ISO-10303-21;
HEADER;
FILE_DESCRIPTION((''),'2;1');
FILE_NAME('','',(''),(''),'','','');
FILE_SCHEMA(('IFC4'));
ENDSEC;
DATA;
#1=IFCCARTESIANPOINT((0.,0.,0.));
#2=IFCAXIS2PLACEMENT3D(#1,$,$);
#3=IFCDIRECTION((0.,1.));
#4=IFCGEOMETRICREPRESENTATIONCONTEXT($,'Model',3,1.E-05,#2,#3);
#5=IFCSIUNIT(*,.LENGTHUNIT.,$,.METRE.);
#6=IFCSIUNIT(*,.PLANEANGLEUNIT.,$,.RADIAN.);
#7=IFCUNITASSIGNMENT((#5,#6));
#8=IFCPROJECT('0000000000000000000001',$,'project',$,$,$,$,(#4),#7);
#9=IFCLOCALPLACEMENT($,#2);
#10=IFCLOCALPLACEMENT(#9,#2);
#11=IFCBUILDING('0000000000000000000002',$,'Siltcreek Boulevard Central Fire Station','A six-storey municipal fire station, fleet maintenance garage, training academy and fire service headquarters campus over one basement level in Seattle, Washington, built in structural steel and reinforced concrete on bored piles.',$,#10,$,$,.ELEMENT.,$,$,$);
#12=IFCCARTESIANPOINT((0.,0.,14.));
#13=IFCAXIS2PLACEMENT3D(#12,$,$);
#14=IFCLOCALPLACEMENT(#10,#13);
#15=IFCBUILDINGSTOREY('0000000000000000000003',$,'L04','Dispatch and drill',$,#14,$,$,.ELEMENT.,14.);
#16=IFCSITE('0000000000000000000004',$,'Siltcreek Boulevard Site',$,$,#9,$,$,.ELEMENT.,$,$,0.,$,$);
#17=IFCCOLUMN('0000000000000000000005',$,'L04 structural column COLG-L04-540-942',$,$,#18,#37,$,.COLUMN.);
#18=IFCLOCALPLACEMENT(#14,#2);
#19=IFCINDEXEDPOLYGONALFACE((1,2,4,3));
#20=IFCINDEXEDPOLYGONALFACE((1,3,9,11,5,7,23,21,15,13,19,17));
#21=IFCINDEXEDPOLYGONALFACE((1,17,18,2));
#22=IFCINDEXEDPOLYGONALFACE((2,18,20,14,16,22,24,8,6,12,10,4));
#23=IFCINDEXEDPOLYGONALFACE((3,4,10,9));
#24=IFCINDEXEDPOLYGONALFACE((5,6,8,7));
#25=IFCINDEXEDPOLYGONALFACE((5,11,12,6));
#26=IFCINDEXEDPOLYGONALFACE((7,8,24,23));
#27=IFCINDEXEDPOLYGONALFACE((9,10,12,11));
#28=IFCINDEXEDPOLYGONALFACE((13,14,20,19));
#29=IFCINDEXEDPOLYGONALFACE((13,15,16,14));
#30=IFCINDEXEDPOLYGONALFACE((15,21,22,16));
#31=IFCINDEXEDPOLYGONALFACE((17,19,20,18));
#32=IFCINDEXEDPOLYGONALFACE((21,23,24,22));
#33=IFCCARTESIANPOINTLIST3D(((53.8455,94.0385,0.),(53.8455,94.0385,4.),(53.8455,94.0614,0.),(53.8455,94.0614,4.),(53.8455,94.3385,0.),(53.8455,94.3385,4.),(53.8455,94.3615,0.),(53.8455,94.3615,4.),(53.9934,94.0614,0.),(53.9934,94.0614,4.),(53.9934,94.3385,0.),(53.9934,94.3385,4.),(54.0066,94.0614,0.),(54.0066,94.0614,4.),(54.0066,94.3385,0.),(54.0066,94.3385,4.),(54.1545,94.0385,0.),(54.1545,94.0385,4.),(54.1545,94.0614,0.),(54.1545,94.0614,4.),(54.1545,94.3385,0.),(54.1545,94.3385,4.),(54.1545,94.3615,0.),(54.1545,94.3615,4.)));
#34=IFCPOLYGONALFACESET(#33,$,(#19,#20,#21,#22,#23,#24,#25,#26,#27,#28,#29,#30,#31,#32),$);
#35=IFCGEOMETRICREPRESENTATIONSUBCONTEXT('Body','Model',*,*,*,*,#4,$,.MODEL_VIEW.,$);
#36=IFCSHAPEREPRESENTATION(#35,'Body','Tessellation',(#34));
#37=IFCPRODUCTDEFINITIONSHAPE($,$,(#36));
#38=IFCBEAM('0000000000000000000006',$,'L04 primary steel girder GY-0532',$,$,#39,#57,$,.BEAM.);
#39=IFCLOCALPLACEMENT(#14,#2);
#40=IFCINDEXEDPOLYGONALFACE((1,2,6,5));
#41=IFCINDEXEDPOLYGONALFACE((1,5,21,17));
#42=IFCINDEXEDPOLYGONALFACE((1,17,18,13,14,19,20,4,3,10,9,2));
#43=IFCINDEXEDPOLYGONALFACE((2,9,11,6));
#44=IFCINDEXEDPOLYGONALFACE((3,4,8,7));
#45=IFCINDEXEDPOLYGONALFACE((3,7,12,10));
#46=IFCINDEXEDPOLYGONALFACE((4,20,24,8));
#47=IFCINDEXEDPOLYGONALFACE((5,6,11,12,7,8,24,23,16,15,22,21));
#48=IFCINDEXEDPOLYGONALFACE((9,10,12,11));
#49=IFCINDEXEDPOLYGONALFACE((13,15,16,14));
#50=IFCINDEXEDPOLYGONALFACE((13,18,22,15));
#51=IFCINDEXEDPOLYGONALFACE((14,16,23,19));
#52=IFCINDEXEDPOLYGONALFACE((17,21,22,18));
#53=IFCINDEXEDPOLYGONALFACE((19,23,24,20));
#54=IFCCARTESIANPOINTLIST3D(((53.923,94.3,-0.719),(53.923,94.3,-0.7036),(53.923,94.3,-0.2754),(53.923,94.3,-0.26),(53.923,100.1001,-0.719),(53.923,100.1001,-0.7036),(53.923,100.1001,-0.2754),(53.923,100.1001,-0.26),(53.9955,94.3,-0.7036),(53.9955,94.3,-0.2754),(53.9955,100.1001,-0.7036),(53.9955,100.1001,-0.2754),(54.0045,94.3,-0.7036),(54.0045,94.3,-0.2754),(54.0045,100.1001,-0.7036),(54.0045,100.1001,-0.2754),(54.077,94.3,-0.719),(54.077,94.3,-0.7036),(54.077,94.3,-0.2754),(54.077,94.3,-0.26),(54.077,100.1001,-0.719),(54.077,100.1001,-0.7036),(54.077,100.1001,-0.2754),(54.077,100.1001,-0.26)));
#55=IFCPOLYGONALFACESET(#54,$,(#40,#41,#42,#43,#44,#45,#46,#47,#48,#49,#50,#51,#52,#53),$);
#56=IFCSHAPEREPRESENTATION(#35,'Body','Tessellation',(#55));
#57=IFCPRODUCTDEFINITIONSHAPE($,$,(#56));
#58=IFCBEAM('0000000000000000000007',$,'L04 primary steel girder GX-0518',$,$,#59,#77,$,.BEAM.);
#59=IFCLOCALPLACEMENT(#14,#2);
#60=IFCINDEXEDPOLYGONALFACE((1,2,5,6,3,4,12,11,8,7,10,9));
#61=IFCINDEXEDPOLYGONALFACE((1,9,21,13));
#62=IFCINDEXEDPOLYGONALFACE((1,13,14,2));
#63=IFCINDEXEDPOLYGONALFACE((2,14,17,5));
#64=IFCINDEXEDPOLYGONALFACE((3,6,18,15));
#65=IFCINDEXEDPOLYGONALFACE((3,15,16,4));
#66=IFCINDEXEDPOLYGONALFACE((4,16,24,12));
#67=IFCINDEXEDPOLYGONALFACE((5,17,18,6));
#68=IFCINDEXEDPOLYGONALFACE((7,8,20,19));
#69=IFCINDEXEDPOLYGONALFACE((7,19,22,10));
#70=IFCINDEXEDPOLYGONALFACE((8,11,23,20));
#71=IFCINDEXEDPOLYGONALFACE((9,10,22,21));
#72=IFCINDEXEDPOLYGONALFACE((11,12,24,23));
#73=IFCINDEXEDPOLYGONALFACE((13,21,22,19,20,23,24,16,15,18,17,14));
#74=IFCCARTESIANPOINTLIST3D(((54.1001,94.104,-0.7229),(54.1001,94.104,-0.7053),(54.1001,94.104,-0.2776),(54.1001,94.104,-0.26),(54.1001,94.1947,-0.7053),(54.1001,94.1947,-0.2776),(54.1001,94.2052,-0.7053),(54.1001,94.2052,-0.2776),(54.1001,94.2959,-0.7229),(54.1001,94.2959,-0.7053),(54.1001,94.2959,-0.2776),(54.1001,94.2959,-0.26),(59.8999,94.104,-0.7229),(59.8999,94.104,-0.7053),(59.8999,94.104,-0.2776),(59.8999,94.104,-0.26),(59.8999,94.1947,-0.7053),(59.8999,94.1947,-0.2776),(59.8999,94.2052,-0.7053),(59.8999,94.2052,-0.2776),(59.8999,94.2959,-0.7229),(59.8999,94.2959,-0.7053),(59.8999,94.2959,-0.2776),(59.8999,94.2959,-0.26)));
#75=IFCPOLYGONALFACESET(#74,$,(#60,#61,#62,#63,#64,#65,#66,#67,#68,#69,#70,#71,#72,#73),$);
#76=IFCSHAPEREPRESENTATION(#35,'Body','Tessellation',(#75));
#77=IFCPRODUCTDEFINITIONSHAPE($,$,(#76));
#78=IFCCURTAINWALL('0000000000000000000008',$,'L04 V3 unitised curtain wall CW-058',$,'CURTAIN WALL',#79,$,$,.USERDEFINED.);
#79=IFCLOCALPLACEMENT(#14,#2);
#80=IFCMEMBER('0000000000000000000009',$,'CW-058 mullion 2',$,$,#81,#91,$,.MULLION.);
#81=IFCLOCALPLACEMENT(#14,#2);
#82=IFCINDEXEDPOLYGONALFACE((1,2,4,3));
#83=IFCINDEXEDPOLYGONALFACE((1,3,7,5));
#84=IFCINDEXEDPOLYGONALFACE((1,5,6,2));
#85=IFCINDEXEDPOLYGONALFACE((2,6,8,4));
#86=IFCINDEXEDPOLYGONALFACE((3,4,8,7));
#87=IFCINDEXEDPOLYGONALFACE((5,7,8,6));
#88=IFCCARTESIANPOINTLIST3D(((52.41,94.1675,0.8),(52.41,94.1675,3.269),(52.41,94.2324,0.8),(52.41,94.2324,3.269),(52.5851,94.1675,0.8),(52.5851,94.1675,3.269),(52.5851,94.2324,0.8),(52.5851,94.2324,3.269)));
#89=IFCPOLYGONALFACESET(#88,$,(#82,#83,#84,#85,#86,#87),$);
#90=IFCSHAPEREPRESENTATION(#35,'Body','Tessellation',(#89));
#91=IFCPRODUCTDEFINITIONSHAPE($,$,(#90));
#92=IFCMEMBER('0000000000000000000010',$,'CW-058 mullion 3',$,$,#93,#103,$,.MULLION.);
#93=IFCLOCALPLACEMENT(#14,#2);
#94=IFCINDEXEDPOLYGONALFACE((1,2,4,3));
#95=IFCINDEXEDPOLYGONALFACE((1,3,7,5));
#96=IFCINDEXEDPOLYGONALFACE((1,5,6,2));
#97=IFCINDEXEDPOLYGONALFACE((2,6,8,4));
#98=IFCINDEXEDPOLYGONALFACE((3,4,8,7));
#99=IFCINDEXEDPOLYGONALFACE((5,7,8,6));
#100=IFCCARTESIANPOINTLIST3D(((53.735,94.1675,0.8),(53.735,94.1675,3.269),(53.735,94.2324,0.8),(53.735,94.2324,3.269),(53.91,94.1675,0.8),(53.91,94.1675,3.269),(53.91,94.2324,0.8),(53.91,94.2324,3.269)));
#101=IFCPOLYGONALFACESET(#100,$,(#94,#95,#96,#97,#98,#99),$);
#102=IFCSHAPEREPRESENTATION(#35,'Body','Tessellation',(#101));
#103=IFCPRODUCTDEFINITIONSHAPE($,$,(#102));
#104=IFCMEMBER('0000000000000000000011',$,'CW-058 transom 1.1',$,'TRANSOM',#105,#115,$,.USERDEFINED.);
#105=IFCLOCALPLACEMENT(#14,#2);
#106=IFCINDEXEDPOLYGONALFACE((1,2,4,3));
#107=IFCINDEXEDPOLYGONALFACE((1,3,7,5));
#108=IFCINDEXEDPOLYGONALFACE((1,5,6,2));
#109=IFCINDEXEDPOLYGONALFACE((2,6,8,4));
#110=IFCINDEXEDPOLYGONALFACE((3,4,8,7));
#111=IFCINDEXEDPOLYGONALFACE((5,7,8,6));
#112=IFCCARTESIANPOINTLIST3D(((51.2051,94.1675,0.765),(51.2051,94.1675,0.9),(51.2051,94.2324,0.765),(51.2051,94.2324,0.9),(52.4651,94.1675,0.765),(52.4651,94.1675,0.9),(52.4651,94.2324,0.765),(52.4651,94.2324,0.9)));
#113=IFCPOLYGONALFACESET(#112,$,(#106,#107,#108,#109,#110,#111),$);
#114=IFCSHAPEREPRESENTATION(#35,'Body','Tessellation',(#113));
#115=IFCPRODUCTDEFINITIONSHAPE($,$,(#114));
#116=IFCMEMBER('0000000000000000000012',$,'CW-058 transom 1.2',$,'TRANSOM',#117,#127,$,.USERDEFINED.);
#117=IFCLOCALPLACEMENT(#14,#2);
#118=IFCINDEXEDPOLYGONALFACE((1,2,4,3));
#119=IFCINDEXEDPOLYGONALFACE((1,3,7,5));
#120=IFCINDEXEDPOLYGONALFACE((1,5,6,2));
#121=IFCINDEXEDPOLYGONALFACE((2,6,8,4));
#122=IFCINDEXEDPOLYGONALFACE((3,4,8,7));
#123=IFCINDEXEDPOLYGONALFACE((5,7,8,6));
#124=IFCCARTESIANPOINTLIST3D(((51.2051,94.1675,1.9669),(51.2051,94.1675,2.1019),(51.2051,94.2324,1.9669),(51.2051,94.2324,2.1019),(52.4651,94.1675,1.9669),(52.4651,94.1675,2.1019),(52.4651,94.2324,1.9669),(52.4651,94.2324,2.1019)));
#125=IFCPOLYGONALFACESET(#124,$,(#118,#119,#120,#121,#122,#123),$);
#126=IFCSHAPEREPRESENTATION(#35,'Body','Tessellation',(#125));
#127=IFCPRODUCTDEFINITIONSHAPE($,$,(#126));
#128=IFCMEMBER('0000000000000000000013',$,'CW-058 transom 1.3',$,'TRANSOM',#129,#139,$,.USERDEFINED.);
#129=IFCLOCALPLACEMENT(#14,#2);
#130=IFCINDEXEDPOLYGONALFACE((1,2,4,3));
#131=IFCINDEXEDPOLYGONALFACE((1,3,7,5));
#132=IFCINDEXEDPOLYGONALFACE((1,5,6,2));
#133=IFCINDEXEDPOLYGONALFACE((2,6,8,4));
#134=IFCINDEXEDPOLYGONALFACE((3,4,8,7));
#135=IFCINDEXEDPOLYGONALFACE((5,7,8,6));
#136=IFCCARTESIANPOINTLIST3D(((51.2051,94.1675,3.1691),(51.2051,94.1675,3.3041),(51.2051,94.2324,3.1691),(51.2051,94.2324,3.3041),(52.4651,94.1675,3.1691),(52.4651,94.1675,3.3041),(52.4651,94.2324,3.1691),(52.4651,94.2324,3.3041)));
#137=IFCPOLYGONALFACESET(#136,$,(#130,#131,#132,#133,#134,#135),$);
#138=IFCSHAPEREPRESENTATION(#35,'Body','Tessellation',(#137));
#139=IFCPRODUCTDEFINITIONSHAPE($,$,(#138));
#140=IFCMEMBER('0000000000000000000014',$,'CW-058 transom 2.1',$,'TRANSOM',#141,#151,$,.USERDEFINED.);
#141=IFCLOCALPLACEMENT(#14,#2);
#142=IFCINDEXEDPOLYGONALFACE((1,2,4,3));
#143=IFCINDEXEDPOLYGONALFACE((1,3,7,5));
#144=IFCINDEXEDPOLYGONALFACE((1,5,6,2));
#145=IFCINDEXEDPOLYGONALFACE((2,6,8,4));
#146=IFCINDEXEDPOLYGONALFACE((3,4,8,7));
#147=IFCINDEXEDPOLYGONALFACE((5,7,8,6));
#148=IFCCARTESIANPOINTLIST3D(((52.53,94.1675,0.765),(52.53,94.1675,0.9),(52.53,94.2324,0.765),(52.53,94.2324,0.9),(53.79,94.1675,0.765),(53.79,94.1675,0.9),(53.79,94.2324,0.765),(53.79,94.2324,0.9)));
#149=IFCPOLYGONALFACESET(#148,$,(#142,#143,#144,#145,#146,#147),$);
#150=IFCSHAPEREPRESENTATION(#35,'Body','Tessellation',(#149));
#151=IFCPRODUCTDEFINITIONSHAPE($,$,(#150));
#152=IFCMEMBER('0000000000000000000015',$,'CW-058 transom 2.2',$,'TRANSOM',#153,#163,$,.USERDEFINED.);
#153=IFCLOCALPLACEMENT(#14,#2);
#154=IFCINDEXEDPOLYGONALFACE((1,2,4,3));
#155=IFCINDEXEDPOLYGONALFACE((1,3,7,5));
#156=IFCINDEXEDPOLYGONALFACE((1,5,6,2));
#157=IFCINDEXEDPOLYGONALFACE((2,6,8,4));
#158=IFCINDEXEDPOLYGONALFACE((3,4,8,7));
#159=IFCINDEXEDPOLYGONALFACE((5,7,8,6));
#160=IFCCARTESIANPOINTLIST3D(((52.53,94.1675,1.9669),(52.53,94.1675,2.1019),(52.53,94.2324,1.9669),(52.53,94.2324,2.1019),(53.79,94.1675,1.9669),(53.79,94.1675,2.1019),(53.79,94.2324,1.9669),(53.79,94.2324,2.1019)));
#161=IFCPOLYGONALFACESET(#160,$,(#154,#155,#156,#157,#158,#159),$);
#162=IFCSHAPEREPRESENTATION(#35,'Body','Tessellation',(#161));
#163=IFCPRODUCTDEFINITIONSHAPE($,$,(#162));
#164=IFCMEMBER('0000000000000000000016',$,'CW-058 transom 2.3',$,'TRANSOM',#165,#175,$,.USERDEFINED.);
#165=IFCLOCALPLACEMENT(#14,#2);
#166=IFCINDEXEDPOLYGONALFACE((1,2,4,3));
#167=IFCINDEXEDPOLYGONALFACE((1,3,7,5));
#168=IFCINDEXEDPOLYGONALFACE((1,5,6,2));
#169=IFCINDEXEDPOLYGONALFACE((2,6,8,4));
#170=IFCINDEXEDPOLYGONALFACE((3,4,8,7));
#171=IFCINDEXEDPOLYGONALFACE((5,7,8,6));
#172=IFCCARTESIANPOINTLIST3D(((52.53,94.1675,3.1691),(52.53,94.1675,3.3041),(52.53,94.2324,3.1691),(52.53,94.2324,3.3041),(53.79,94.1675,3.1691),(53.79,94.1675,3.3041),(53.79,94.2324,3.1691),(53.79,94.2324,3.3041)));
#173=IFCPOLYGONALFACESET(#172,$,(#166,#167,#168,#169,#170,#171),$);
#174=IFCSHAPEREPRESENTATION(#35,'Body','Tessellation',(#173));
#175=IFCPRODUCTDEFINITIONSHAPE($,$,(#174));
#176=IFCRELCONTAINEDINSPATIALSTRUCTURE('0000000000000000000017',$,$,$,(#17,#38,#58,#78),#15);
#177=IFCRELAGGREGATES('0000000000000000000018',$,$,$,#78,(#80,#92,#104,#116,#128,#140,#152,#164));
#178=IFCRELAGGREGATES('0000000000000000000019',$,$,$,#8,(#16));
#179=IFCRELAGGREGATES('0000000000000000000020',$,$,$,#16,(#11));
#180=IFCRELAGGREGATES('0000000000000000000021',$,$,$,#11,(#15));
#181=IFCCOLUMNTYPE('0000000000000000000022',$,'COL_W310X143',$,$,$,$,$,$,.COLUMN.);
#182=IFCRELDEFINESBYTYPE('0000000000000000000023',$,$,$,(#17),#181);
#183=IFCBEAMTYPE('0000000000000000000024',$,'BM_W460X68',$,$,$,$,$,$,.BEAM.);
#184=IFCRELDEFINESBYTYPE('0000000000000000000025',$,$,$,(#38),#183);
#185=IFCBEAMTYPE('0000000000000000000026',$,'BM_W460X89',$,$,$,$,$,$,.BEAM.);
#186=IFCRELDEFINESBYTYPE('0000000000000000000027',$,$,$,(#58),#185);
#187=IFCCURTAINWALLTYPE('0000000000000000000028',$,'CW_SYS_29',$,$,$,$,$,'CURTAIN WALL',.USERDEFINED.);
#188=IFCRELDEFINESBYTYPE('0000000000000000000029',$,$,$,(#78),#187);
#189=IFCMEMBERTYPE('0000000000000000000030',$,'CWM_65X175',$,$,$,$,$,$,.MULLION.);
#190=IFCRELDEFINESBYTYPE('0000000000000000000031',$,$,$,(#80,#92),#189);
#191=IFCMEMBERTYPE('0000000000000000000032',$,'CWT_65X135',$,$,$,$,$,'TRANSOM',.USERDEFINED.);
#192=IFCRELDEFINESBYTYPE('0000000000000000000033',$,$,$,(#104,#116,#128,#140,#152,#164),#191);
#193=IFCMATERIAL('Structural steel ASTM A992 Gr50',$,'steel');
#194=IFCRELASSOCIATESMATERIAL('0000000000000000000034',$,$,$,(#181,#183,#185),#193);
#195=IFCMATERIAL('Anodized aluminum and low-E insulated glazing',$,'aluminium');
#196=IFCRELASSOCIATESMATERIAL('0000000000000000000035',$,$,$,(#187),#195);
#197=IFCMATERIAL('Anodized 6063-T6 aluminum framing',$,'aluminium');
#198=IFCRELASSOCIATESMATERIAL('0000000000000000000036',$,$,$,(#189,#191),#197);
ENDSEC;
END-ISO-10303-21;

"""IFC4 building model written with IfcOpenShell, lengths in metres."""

from ifc_helpers import new_model, si_unit, direction, frame, origin, origin_2d, place, context, subcontext, project, spatial, rectangle, i_section, extrude, material, material_profile, profile_set, type_object, element, aggregate, save


model = new_model("IFC4")

# Units and contexts
model_context = context("Model", 3, precision=1e-05, world=origin(), true_north=direction((0.0, 1.0)))
body_context = subcontext(model_context, "Body", "Model", "MODEL_VIEW")
ifc_project = project(units=[si_unit("LENGTHUNIT", "METRE"), si_unit("PLANEANGLEUNIT", "RADIAN")], contexts=[model_context])

# Site, building, storey
site_placement = place(None, origin())
site = spatial("IfcSite", under=ifc_project, at=site_placement, Name="Siltcreek Boulevard Site", CompositionType="ELEMENT", RefElevation=0.0)
building_placement = place(site_placement, origin())
building = spatial("IfcBuilding", under=site, at=building_placement, Name="Siltcreek Boulevard Central Fire Station", Description="A six-storey municipal fire station, fleet maintenance garage, training academy and fire service headquarters campus over one basement level in Seattle, Washington, built in structural steel and reinforced concrete on bored piles.", CompositionType="ELEMENT")
storey_placement = place(building_placement, frame((0.0, 0.0, 14.0)))
storey = spatial("IfcBuildingStorey", under=building, at=storey_placement, Name="L04", Description="Dispatch and drill", CompositionType="ELEMENT", Elevation=14.0)

# Column
ifc_material_1 = material(Name="Structural steel ASTM A992 Gr50", Category="steel")
ifc_material_profile_1 = material_profile(ifc_material_1, i_section(OverallWidth=0.3091, OverallDepth=0.323, WebThickness=0.0132, FlangeThickness=0.0229, at=origin_2d()), Name="W310X143")
ifc_profile_set_1 = profile_set([ifc_material_profile_1], Name="Structural steel ASTM A992 Gr50")
column_type = type_object("IfcColumnType", Name="COL_W310X143", PredefinedType="COLUMN", material=ifc_profile_set_1)
column_placement = place(storey_placement, frame((54.0, 94.2, 0.0), z_axis=(0.0, 0.0, 1.0), x_axis=(1.0, 0.0, 0.0)))
element("IfcColumn", 1, at=column_placement, inside=storey, type_object=column_type, Name="L04 structural column COLG-L04-540-942", PredefinedType="COLUMN", context=body_context, shape_type="SweptSolid", body=[
    extrude(i_section(OverallWidth=0.3091, OverallDepth=0.323, WebThickness=0.0132, FlangeThickness=0.0229, at=origin_2d()), origin(), (0.0, 0.0, 1.0), 4.0),
])

# Beams
ifc_material_profile_2 = material_profile(ifc_material_1, i_section(OverallWidth=0.1541, OverallDepth=0.459, WebThickness=0.009, FlangeThickness=0.0154, at=origin_2d()), Name="W460X68")
ifc_profile_set_2 = profile_set([ifc_material_profile_2], Name="Structural steel ASTM A992 Gr50")
beam_type_1 = type_object("IfcBeamType", Name="BM_W460X68", PredefinedType="BEAM", material=ifc_profile_set_2)
beam_1_placement = place(storey_placement, frame((54.0, 94.3, -0.4895), z_axis=(0.0, 1.0, 0.0), x_axis=(-1.0, 0.0, 0.0)))
element("IfcBeam", 2, at=beam_1_placement, inside=storey, type_object=beam_type_1, Name="L04 primary steel girder GY-0532", PredefinedType="BEAM", context=body_context, shape_type="SweptSolid", body=[
    extrude(i_section(OverallWidth=0.1541, OverallDepth=0.459, WebThickness=0.009, FlangeThickness=0.0154, at=origin_2d()), origin(), (0.0, 0.0, 1.0), 5.8),
])
ifc_material_profile_3 = material_profile(ifc_material_1, i_section(OverallWidth=0.1919, OverallDepth=0.4629, WebThickness=0.0105, FlangeThickness=0.0176, at=origin_2d()), Name="W460X89")
ifc_profile_set_3 = profile_set([ifc_material_profile_3], Name="Structural steel ASTM A992 Gr50")
beam_type_2 = type_object("IfcBeamType", Name="BM_W460X89", PredefinedType="BEAM", material=ifc_profile_set_3)
beam_2_placement = place(storey_placement, frame((54.1001, 94.2, -0.4915), z_axis=(1.0, 0.0, 0.0), x_axis=(0.0, 1.0, 0.0)))
element("IfcBeam", 3, at=beam_2_placement, inside=storey, type_object=beam_type_2, Name="L04 primary steel girder GX-0518", PredefinedType="BEAM", context=body_context, shape_type="SweptSolid", body=[
    extrude(i_section(OverallWidth=0.1919, OverallDepth=0.4629, WebThickness=0.0105, FlangeThickness=0.0176, at=origin_2d()), origin(), (0.0, 0.0, 1.0), 5.7998),
])

# Curtain wall, members
ifc_material_2 = material(Name="Anodized aluminum and low-E insulated glazing", Category="aluminium")
curtain_wall_type = type_object("IfcCurtainWallType", Name="CW_SYS_29", ElementType="CURTAIN WALL", PredefinedType="USERDEFINED", material=ifc_material_2)
curtain_wall_placement = place(storey_placement, origin())
curtain_wall = element("IfcCurtainWall", 4, at=curtain_wall_placement, inside=storey, type_object=curtain_wall_type, Name="L04 V3 unitised curtain wall CW-058", ObjectType="CURTAIN WALL", PredefinedType="USERDEFINED")
ifc_material_3 = material(Name="Anodized 6063-T6 aluminum framing", Category="aluminium")
ifc_material_profile_4 = material_profile(ifc_material_3, rectangle(XDim=0.0649, YDim=0.175, at=origin_2d()), Name="MULL65X175")
ifc_profile_set_4 = profile_set([ifc_material_profile_4], Name="Anodized 6063-T6 aluminum framing")
member_type_1 = type_object("IfcMemberType", Name="CWM_65X175", PredefinedType="MULLION", material=ifc_profile_set_4)
member_1_placement = place(storey_placement, frame((52.4976, 94.2, 0.8), z_axis=(0.0, 0.0, 1.0), x_axis=(0.0, 1.0, 0.0)))
member_1 = element("IfcMember", 5, at=member_1_placement, type_object=member_type_1, Name="CW-058 mullion 2", PredefinedType="MULLION", context=body_context, shape_type="SweptSolid", body=[
    extrude(rectangle(XDim=0.0649, YDim=0.175, at=origin_2d()), origin(), (0.0, 0.0, 1.0), 2.469),
])
member_2_placement = place(storey_placement, frame((53.8225, 94.2, 0.8), z_axis=(0.0, 0.0, 1.0), x_axis=(0.0, 1.0, 0.0)))
member_2 = element("IfcMember", 6, at=member_2_placement, type_object=member_type_1, Name="CW-058 mullion 3", PredefinedType="MULLION", context=body_context, shape_type="SweptSolid", body=[
    extrude(rectangle(XDim=0.0649, YDim=0.175, at=origin_2d()), origin(), (0.0, 0.0, 1.0), 2.469),
])
ifc_material_profile_5 = material_profile(ifc_material_3, rectangle(XDim=0.0649, YDim=0.135, at=origin_2d()), Name="TRAN65X135")
ifc_profile_set_5 = profile_set([ifc_material_profile_5], Name="Anodized 6063-T6 aluminum framing")
member_type_2 = type_object("IfcMemberType", Name="CWT_65X135", ElementType="TRANSOM", PredefinedType="USERDEFINED", material=ifc_profile_set_5)
member_3_placement = place(storey_placement, frame((51.2051, 94.2, 0.8325), z_axis=(1.0, 0.0, 0.0), x_axis=(0.0, 1.0, 0.0)))
member_3 = element("IfcMember", 7, at=member_3_placement, type_object=member_type_2, Name="CW-058 transom 1.1", ObjectType="TRANSOM", PredefinedType="USERDEFINED", context=body_context, shape_type="SweptSolid", body=[
    extrude(rectangle(XDim=0.0649, YDim=0.135, at=origin_2d()), origin(), (0.0, 0.0, 1.0), 1.26),
])
member_4_placement = place(storey_placement, frame((51.2051, 94.2, 2.0344), z_axis=(1.0, 0.0, 0.0), x_axis=(0.0, 1.0, 0.0)))
member_4 = element("IfcMember", 8, at=member_4_placement, type_object=member_type_2, Name="CW-058 transom 1.2", ObjectType="TRANSOM", PredefinedType="USERDEFINED", context=body_context, shape_type="SweptSolid", body=[
    extrude(rectangle(XDim=0.0649, YDim=0.135, at=origin_2d()), origin(), (0.0, 0.0, 1.0), 1.26),
])
member_5_placement = place(storey_placement, frame((51.2051, 94.2, 3.2366), z_axis=(1.0, 0.0, 0.0), x_axis=(0.0, 1.0, 0.0)))
member_5 = element("IfcMember", 9, at=member_5_placement, type_object=member_type_2, Name="CW-058 transom 1.3", ObjectType="TRANSOM", PredefinedType="USERDEFINED", context=body_context, shape_type="SweptSolid", body=[
    extrude(rectangle(XDim=0.0649, YDim=0.135, at=origin_2d()), origin(), (0.0, 0.0, 1.0), 1.26),
])
member_6_placement = place(storey_placement, frame((52.53, 94.2, 0.8325), z_axis=(1.0, 0.0, 0.0), x_axis=(0.0, 1.0, 0.0)))
member_6 = element("IfcMember", 10, at=member_6_placement, type_object=member_type_2, Name="CW-058 transom 2.1", ObjectType="TRANSOM", PredefinedType="USERDEFINED", context=body_context, shape_type="SweptSolid", body=[
    extrude(rectangle(XDim=0.0649, YDim=0.135, at=origin_2d()), origin(), (0.0, 0.0, 1.0), 1.26),
])
member_7_placement = place(storey_placement, frame((52.53, 94.2, 2.0344), z_axis=(1.0, 0.0, 0.0), x_axis=(0.0, 1.0, 0.0)))
member_7 = element("IfcMember", 11, at=member_7_placement, type_object=member_type_2, Name="CW-058 transom 2.2", ObjectType="TRANSOM", PredefinedType="USERDEFINED", context=body_context, shape_type="SweptSolid", body=[
    extrude(rectangle(XDim=0.0649, YDim=0.135, at=origin_2d()), origin(), (0.0, 0.0, 1.0), 1.26),
])
member_8_placement = place(storey_placement, frame((52.53, 94.2, 3.2366), z_axis=(1.0, 0.0, 0.0), x_axis=(0.0, 1.0, 0.0)))
member_8 = element("IfcMember", 12, at=member_8_placement, type_object=member_type_2, Name="CW-058 transom 2.3", ObjectType="TRANSOM", PredefinedType="USERDEFINED", context=body_context, shape_type="SweptSolid", body=[
    extrude(rectangle(XDim=0.0649, YDim=0.135, at=origin_2d()), origin(), (0.0, 0.0, 1.0), 1.26),
])

aggregate(curtain_wall, [member_1, member_2, member_3, member_4, member_5, member_6, member_7, member_8])

save(model, "model.ifc")
